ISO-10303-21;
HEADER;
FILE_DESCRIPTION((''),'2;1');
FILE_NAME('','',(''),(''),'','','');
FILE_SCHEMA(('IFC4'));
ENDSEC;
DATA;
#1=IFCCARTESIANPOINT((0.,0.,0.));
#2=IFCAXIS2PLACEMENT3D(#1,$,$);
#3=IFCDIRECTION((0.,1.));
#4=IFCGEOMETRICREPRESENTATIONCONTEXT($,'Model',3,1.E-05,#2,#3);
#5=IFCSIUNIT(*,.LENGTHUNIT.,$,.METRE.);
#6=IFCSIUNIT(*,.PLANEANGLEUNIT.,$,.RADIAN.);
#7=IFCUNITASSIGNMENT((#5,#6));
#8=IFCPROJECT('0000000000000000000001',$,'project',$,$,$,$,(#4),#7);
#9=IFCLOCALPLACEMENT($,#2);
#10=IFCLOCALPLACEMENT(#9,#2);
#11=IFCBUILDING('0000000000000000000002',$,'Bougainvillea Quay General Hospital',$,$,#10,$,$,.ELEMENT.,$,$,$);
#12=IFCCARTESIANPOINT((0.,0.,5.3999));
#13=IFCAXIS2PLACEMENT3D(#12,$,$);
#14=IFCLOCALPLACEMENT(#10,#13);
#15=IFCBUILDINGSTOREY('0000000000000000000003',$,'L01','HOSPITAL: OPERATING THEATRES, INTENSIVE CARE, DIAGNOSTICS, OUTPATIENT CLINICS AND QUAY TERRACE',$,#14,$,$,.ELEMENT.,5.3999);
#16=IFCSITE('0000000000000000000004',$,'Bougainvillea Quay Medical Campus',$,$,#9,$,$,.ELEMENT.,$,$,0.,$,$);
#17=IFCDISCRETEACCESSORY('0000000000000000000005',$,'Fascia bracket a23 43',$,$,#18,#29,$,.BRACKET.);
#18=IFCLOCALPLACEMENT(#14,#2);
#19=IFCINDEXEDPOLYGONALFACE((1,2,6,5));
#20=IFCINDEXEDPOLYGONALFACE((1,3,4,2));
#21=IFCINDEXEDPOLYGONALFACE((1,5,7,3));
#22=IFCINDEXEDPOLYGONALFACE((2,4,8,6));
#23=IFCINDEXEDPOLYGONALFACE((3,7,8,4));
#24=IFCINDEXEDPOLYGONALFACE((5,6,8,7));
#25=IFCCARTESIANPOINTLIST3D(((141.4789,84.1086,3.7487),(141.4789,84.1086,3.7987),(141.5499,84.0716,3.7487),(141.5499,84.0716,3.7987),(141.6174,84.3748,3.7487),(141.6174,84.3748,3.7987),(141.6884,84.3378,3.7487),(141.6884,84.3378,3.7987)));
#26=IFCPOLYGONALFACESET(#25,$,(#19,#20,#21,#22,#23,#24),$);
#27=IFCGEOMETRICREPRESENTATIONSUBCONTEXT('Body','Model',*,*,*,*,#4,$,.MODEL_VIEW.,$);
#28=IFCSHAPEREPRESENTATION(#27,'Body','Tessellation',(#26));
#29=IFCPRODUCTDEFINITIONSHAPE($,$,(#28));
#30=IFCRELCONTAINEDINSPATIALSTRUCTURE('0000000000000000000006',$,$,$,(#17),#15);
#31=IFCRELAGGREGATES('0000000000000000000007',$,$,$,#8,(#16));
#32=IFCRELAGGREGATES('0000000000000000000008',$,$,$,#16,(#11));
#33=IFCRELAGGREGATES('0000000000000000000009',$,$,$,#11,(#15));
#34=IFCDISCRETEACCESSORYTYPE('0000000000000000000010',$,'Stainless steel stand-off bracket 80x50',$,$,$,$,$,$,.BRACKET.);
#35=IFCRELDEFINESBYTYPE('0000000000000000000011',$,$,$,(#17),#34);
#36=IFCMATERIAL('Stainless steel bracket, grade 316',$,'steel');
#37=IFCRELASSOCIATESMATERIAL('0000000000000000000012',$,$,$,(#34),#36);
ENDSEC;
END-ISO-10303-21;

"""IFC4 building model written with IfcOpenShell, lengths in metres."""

from ifc_helpers import new_model, si_unit, direction, frame, origin, origin_2d, place, context, subcontext, project, spatial, rectangle, extrude, material, material_profile, profile_set, type_object, element, save


model = new_model("IFC4")

# Units and contexts
model_context = context("Model", 3, precision=1e-05, world=origin(), true_north=direction((0.0, 1.0)))
body_context = subcontext(model_context, "Body", "Model", "MODEL_VIEW")
ifc_project = project(units=[si_unit("LENGTHUNIT", "METRE"), si_unit("PLANEANGLEUNIT", "RADIAN")], contexts=[model_context])

# Site, building, storey
site_placement = place(None, origin())
site = spatial("IfcSite", under=ifc_project, at=site_placement, Name="Bougainvillea Quay Medical Campus", CompositionType="ELEMENT", RefElevation=0.0)
building_placement = place(site_placement, origin())
building = spatial("IfcBuilding", under=site, at=building_placement, Name="Bougainvillea Quay General Hospital", CompositionType="ELEMENT")
storey_placement = place(building_placement, frame((0.0, 0.0, 5.3999)))
storey = spatial("IfcBuildingStorey", under=building, at=storey_placement, Name="L01", Description="HOSPITAL: OPERATING THEATRES, INTENSIVE CARE, DIAGNOSTICS, OUTPATIENT CLINICS AND QUAY TERRACE", CompositionType="ELEMENT", Elevation=5.3999)

# Discrete accessory
ifc_material_1 = material(Name="Stainless steel bracket, grade 316", Category="steel")
ifc_material_profile_1 = material_profile(ifc_material_1, rectangle(XDim=0.0801, YDim=0.05, at=origin_2d()))
ifc_profile_set_1 = profile_set([ifc_material_profile_1], Name="Stainless steel bracket, grade 316")
discrete_accessory_type = type_object("IfcDiscreteAccessoryType", Name="Stainless steel stand-off bracket 80x50", PredefinedType="BRACKET", material=ifc_profile_set_1)
discrete_accessory_1_placement = place(storey_placement, frame((141.5144, 84.0901, 3.7737), z_axis=(0.461481, 0.88715, 0.0), x_axis=(-0.88715, 0.461481, 0.0)))
element("IfcDiscreteAccessory", 1, at=discrete_accessory_1_placement, inside=storey, type_object=discrete_accessory_type, Name="Fascia bracket a23 43", PredefinedType="BRACKET", context=body_context, shape_type="SweptSolid", body=[
    extrude(rectangle(XDim=0.0801, YDim=0.05, at=origin_2d()), origin(), (0.0, 0.0, 1.0), 0.3),
])

save(model, "model.ifc")
